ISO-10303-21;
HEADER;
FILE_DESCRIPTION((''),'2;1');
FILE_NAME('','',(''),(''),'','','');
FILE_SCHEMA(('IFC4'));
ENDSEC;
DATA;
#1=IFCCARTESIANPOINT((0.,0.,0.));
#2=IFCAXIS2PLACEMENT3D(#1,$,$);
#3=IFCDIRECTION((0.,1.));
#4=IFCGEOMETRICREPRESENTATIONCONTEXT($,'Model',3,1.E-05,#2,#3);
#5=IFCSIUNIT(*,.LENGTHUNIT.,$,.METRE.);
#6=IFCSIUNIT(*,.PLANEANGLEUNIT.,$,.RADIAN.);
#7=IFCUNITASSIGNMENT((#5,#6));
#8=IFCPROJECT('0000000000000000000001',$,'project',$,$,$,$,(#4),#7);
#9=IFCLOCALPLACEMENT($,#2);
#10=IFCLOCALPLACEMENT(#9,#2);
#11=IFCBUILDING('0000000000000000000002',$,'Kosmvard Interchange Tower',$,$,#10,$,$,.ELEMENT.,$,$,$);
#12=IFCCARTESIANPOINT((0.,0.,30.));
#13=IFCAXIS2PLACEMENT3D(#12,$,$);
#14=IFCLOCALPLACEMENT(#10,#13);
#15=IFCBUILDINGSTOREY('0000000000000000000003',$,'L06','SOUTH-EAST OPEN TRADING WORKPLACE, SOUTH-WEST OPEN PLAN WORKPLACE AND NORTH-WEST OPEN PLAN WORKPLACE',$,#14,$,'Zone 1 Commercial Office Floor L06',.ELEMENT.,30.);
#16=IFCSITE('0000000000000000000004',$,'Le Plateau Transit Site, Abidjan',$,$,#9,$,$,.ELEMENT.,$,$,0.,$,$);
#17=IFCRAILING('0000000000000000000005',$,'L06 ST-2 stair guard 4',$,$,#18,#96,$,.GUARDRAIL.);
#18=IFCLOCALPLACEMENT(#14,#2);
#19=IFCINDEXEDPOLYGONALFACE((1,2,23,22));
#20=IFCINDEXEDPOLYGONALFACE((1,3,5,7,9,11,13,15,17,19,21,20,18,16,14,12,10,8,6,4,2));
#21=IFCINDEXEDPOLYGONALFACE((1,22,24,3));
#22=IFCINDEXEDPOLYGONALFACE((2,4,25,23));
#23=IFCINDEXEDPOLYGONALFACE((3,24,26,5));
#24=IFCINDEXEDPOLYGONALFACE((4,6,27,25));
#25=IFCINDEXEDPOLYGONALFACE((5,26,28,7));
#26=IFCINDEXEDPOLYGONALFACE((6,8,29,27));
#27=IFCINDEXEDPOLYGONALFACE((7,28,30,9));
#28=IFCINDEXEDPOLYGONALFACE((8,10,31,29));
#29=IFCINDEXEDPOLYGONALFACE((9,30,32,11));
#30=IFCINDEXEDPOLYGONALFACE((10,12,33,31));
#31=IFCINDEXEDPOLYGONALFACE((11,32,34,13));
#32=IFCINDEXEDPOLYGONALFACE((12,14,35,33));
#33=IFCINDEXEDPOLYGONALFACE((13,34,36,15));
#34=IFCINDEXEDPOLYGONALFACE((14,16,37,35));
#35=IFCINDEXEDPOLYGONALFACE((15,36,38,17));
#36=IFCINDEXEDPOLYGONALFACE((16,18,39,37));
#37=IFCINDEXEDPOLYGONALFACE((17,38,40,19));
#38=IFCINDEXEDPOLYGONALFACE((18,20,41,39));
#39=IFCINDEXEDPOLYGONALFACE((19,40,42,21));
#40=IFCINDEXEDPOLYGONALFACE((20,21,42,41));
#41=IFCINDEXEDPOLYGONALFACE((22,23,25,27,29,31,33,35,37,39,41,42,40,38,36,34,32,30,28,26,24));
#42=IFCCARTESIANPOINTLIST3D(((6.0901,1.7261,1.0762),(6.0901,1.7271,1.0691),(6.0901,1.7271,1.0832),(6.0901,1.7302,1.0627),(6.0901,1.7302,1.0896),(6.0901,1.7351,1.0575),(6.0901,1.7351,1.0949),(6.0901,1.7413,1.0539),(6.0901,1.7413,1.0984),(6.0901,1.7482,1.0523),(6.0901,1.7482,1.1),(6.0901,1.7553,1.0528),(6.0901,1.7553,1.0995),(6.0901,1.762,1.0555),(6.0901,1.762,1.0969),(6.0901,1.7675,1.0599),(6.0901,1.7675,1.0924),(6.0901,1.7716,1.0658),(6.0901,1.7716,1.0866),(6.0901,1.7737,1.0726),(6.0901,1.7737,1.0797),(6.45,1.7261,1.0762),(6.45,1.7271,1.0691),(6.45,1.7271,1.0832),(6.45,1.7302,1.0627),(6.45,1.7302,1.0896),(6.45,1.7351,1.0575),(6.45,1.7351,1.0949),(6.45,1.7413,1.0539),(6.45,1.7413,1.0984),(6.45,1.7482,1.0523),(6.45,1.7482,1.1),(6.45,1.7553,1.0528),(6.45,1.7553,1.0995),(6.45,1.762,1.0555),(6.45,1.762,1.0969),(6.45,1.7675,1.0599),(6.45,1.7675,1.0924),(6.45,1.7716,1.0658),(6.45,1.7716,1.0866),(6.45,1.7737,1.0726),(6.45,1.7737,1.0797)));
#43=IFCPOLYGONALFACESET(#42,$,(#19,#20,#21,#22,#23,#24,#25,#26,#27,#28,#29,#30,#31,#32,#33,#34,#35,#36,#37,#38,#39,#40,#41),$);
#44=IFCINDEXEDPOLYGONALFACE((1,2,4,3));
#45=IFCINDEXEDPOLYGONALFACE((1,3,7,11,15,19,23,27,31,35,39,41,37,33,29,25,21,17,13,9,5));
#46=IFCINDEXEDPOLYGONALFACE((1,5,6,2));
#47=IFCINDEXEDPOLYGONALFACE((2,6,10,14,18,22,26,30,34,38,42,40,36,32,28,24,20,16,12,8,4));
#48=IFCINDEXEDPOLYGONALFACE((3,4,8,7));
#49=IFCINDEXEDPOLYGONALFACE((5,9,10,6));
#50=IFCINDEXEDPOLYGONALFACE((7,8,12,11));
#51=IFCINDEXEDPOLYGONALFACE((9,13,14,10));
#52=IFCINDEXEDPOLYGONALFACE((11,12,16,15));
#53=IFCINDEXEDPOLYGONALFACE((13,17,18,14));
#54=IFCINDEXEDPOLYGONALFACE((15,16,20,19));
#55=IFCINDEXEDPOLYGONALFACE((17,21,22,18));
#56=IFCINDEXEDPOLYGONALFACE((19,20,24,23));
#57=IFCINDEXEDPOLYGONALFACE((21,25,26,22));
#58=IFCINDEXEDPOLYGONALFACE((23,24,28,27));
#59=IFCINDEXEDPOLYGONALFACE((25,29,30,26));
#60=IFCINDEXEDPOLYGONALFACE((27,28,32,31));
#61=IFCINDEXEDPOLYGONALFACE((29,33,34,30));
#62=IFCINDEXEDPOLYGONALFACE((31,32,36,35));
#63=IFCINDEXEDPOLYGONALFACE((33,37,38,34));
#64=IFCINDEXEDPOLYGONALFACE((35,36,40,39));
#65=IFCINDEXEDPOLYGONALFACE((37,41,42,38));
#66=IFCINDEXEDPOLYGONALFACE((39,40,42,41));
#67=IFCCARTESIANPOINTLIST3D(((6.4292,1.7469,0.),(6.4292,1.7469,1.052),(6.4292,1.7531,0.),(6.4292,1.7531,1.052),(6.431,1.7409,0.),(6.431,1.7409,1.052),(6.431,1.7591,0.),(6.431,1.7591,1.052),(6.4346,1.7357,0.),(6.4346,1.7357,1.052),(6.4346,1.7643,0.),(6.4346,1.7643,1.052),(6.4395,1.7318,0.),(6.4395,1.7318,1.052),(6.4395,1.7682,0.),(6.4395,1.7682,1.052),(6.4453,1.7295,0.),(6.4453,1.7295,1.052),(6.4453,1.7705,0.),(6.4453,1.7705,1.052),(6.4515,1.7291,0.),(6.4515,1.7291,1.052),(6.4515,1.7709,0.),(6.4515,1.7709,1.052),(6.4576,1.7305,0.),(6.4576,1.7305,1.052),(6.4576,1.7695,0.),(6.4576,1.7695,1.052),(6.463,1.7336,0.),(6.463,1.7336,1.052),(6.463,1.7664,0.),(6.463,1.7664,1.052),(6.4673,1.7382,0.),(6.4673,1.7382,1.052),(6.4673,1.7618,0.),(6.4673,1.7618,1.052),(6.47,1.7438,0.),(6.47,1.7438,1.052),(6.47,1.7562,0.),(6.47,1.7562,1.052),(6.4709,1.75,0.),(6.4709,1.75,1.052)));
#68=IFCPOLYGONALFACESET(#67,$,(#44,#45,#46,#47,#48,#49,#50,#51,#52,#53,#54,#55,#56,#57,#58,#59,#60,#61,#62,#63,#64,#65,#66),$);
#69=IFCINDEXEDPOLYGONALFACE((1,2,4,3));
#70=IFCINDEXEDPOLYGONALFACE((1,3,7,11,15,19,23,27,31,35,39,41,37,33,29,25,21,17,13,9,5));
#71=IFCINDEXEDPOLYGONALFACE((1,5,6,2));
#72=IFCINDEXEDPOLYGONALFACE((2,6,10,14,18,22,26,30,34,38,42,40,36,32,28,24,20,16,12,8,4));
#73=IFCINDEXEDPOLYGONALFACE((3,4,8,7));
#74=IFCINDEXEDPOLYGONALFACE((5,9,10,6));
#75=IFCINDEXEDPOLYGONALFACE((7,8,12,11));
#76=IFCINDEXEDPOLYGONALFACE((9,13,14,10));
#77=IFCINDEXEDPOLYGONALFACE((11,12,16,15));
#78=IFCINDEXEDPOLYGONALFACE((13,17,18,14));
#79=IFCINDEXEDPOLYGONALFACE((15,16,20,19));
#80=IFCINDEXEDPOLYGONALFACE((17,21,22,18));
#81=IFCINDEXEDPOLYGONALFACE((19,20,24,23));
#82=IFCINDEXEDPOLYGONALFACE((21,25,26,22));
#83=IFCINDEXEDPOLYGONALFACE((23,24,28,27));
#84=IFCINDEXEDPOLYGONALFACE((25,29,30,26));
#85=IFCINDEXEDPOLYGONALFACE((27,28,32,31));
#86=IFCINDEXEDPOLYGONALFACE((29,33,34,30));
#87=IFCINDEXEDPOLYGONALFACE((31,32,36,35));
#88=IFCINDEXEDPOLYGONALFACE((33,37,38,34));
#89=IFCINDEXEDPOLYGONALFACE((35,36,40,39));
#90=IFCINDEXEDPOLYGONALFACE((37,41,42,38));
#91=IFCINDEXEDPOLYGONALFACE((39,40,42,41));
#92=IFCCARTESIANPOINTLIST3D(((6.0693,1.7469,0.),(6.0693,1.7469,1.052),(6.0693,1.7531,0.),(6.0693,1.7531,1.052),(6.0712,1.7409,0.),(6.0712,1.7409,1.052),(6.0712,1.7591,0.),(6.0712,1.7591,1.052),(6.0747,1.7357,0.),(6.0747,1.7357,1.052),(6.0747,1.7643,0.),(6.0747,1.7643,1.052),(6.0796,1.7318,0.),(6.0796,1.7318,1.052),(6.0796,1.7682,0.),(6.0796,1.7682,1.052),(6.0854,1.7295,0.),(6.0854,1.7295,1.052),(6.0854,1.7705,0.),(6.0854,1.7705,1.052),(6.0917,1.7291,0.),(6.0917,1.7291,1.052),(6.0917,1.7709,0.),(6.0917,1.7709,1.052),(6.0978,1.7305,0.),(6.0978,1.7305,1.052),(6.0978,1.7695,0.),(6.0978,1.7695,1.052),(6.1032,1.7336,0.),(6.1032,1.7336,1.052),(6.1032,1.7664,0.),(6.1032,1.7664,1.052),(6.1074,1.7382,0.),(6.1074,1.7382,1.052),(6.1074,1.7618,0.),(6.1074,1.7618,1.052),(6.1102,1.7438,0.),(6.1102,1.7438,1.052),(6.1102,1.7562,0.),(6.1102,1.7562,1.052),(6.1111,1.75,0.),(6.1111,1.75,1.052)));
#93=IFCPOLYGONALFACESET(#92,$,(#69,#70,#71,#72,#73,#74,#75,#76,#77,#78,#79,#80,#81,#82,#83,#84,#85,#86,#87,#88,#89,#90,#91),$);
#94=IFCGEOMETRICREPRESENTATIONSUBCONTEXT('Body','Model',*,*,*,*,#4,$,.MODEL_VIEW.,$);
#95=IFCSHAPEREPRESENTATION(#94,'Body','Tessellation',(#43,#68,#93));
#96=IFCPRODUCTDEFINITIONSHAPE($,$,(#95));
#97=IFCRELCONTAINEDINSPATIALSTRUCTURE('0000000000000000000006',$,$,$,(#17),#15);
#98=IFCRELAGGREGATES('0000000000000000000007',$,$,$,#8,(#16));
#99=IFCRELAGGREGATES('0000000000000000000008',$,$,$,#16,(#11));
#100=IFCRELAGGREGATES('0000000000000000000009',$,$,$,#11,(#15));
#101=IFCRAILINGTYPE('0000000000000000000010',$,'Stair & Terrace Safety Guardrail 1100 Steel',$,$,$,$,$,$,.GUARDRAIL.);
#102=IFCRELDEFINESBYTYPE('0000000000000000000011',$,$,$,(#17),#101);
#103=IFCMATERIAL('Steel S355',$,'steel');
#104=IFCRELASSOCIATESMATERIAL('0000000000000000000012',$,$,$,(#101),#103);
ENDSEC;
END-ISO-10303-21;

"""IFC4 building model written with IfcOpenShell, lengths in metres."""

from ifc_helpers import new_model, si_unit, direction, frame, origin, origin_2d, place, context, subcontext, project, spatial, circle, extrude, source, transform, mapped, material, type_object, element, save


model = new_model("IFC4")

# Units and contexts
model_context = context("Model", 3, precision=1e-05, world=origin(), true_north=direction((0.0, 1.0)))
body_context = subcontext(model_context, "Body", "Model", "MODEL_VIEW")
ifc_project = project(units=[si_unit("LENGTHUNIT", "METRE"), si_unit("PLANEANGLEUNIT", "RADIAN")], contexts=[model_context])

# Site, building, storey
site_placement = place(None, origin())
site = spatial("IfcSite", under=ifc_project, at=site_placement, Name="Le Plateau Transit Site, Abidjan", CompositionType="ELEMENT", RefElevation=0.0)
building_placement = place(site_placement, origin())
building = spatial("IfcBuilding", under=site, at=building_placement, Name="Kosmvard Interchange Tower", CompositionType="ELEMENT")
storey_placement = place(building_placement, frame((0.0, 0.0, 30.0)))
storey = spatial("IfcBuildingStorey", under=building, at=storey_placement, Name="L06", Description="SOUTH-EAST OPEN TRADING WORKPLACE, SOUTH-WEST OPEN PLAN WORKPLACE AND NORTH-WEST OPEN PLAN WORKPLACE", LongName="Zone 1 Commercial Office Floor L06", CompositionType="ELEMENT", Elevation=30.0)

# Shared definitions
ifc_material_1 = material(Name="Steel S355", Category="steel")

# Railing
railing_type_1 = type_object("IfcRailingType", Name="Stair & Terrace Safety Guardrail 1100 Steel", PredefinedType="GUARDRAIL", material=ifc_material_1)
shared_shape_1 = source(origin(), body_context, "Body", "SweptSolid", [
    extrude(circle(Radius=0.0239, at=origin_2d()), frame((0.0, 0.0, 1.0762), z_axis=(-1.0, 0.0, 0.0), x_axis=(0.0, -1.0, 0.0)), (0.0, 0.0, 1.0), 0.3599),
    extrude(circle(Radius=0.021, at=origin_2d()), origin(), (0.0, 0.0, 1.0), 1.052),
    extrude(circle(Radius=0.021, at=origin_2d()), frame((-0.3599, 0.0, 0.0)), (0.0, 0.0, 1.0), 1.052),
])
for number, where, name in (
    (1, (6.45, 1.75, 0.0), "L06 ST-2 stair guard 4"),
):
    element("IfcRailing", number, at=place(storey_placement, frame(where)), inside=storey, type_object=railing_type_1, Name=name, PredefinedType="GUARDRAIL", context=body_context, shape_type="MappedRepresentation", body=[
        mapped(shared_shape_1, transform((0.0, 0.0, 0.0), scale=1.0)),
    ])

save(model, "model.ifc")
